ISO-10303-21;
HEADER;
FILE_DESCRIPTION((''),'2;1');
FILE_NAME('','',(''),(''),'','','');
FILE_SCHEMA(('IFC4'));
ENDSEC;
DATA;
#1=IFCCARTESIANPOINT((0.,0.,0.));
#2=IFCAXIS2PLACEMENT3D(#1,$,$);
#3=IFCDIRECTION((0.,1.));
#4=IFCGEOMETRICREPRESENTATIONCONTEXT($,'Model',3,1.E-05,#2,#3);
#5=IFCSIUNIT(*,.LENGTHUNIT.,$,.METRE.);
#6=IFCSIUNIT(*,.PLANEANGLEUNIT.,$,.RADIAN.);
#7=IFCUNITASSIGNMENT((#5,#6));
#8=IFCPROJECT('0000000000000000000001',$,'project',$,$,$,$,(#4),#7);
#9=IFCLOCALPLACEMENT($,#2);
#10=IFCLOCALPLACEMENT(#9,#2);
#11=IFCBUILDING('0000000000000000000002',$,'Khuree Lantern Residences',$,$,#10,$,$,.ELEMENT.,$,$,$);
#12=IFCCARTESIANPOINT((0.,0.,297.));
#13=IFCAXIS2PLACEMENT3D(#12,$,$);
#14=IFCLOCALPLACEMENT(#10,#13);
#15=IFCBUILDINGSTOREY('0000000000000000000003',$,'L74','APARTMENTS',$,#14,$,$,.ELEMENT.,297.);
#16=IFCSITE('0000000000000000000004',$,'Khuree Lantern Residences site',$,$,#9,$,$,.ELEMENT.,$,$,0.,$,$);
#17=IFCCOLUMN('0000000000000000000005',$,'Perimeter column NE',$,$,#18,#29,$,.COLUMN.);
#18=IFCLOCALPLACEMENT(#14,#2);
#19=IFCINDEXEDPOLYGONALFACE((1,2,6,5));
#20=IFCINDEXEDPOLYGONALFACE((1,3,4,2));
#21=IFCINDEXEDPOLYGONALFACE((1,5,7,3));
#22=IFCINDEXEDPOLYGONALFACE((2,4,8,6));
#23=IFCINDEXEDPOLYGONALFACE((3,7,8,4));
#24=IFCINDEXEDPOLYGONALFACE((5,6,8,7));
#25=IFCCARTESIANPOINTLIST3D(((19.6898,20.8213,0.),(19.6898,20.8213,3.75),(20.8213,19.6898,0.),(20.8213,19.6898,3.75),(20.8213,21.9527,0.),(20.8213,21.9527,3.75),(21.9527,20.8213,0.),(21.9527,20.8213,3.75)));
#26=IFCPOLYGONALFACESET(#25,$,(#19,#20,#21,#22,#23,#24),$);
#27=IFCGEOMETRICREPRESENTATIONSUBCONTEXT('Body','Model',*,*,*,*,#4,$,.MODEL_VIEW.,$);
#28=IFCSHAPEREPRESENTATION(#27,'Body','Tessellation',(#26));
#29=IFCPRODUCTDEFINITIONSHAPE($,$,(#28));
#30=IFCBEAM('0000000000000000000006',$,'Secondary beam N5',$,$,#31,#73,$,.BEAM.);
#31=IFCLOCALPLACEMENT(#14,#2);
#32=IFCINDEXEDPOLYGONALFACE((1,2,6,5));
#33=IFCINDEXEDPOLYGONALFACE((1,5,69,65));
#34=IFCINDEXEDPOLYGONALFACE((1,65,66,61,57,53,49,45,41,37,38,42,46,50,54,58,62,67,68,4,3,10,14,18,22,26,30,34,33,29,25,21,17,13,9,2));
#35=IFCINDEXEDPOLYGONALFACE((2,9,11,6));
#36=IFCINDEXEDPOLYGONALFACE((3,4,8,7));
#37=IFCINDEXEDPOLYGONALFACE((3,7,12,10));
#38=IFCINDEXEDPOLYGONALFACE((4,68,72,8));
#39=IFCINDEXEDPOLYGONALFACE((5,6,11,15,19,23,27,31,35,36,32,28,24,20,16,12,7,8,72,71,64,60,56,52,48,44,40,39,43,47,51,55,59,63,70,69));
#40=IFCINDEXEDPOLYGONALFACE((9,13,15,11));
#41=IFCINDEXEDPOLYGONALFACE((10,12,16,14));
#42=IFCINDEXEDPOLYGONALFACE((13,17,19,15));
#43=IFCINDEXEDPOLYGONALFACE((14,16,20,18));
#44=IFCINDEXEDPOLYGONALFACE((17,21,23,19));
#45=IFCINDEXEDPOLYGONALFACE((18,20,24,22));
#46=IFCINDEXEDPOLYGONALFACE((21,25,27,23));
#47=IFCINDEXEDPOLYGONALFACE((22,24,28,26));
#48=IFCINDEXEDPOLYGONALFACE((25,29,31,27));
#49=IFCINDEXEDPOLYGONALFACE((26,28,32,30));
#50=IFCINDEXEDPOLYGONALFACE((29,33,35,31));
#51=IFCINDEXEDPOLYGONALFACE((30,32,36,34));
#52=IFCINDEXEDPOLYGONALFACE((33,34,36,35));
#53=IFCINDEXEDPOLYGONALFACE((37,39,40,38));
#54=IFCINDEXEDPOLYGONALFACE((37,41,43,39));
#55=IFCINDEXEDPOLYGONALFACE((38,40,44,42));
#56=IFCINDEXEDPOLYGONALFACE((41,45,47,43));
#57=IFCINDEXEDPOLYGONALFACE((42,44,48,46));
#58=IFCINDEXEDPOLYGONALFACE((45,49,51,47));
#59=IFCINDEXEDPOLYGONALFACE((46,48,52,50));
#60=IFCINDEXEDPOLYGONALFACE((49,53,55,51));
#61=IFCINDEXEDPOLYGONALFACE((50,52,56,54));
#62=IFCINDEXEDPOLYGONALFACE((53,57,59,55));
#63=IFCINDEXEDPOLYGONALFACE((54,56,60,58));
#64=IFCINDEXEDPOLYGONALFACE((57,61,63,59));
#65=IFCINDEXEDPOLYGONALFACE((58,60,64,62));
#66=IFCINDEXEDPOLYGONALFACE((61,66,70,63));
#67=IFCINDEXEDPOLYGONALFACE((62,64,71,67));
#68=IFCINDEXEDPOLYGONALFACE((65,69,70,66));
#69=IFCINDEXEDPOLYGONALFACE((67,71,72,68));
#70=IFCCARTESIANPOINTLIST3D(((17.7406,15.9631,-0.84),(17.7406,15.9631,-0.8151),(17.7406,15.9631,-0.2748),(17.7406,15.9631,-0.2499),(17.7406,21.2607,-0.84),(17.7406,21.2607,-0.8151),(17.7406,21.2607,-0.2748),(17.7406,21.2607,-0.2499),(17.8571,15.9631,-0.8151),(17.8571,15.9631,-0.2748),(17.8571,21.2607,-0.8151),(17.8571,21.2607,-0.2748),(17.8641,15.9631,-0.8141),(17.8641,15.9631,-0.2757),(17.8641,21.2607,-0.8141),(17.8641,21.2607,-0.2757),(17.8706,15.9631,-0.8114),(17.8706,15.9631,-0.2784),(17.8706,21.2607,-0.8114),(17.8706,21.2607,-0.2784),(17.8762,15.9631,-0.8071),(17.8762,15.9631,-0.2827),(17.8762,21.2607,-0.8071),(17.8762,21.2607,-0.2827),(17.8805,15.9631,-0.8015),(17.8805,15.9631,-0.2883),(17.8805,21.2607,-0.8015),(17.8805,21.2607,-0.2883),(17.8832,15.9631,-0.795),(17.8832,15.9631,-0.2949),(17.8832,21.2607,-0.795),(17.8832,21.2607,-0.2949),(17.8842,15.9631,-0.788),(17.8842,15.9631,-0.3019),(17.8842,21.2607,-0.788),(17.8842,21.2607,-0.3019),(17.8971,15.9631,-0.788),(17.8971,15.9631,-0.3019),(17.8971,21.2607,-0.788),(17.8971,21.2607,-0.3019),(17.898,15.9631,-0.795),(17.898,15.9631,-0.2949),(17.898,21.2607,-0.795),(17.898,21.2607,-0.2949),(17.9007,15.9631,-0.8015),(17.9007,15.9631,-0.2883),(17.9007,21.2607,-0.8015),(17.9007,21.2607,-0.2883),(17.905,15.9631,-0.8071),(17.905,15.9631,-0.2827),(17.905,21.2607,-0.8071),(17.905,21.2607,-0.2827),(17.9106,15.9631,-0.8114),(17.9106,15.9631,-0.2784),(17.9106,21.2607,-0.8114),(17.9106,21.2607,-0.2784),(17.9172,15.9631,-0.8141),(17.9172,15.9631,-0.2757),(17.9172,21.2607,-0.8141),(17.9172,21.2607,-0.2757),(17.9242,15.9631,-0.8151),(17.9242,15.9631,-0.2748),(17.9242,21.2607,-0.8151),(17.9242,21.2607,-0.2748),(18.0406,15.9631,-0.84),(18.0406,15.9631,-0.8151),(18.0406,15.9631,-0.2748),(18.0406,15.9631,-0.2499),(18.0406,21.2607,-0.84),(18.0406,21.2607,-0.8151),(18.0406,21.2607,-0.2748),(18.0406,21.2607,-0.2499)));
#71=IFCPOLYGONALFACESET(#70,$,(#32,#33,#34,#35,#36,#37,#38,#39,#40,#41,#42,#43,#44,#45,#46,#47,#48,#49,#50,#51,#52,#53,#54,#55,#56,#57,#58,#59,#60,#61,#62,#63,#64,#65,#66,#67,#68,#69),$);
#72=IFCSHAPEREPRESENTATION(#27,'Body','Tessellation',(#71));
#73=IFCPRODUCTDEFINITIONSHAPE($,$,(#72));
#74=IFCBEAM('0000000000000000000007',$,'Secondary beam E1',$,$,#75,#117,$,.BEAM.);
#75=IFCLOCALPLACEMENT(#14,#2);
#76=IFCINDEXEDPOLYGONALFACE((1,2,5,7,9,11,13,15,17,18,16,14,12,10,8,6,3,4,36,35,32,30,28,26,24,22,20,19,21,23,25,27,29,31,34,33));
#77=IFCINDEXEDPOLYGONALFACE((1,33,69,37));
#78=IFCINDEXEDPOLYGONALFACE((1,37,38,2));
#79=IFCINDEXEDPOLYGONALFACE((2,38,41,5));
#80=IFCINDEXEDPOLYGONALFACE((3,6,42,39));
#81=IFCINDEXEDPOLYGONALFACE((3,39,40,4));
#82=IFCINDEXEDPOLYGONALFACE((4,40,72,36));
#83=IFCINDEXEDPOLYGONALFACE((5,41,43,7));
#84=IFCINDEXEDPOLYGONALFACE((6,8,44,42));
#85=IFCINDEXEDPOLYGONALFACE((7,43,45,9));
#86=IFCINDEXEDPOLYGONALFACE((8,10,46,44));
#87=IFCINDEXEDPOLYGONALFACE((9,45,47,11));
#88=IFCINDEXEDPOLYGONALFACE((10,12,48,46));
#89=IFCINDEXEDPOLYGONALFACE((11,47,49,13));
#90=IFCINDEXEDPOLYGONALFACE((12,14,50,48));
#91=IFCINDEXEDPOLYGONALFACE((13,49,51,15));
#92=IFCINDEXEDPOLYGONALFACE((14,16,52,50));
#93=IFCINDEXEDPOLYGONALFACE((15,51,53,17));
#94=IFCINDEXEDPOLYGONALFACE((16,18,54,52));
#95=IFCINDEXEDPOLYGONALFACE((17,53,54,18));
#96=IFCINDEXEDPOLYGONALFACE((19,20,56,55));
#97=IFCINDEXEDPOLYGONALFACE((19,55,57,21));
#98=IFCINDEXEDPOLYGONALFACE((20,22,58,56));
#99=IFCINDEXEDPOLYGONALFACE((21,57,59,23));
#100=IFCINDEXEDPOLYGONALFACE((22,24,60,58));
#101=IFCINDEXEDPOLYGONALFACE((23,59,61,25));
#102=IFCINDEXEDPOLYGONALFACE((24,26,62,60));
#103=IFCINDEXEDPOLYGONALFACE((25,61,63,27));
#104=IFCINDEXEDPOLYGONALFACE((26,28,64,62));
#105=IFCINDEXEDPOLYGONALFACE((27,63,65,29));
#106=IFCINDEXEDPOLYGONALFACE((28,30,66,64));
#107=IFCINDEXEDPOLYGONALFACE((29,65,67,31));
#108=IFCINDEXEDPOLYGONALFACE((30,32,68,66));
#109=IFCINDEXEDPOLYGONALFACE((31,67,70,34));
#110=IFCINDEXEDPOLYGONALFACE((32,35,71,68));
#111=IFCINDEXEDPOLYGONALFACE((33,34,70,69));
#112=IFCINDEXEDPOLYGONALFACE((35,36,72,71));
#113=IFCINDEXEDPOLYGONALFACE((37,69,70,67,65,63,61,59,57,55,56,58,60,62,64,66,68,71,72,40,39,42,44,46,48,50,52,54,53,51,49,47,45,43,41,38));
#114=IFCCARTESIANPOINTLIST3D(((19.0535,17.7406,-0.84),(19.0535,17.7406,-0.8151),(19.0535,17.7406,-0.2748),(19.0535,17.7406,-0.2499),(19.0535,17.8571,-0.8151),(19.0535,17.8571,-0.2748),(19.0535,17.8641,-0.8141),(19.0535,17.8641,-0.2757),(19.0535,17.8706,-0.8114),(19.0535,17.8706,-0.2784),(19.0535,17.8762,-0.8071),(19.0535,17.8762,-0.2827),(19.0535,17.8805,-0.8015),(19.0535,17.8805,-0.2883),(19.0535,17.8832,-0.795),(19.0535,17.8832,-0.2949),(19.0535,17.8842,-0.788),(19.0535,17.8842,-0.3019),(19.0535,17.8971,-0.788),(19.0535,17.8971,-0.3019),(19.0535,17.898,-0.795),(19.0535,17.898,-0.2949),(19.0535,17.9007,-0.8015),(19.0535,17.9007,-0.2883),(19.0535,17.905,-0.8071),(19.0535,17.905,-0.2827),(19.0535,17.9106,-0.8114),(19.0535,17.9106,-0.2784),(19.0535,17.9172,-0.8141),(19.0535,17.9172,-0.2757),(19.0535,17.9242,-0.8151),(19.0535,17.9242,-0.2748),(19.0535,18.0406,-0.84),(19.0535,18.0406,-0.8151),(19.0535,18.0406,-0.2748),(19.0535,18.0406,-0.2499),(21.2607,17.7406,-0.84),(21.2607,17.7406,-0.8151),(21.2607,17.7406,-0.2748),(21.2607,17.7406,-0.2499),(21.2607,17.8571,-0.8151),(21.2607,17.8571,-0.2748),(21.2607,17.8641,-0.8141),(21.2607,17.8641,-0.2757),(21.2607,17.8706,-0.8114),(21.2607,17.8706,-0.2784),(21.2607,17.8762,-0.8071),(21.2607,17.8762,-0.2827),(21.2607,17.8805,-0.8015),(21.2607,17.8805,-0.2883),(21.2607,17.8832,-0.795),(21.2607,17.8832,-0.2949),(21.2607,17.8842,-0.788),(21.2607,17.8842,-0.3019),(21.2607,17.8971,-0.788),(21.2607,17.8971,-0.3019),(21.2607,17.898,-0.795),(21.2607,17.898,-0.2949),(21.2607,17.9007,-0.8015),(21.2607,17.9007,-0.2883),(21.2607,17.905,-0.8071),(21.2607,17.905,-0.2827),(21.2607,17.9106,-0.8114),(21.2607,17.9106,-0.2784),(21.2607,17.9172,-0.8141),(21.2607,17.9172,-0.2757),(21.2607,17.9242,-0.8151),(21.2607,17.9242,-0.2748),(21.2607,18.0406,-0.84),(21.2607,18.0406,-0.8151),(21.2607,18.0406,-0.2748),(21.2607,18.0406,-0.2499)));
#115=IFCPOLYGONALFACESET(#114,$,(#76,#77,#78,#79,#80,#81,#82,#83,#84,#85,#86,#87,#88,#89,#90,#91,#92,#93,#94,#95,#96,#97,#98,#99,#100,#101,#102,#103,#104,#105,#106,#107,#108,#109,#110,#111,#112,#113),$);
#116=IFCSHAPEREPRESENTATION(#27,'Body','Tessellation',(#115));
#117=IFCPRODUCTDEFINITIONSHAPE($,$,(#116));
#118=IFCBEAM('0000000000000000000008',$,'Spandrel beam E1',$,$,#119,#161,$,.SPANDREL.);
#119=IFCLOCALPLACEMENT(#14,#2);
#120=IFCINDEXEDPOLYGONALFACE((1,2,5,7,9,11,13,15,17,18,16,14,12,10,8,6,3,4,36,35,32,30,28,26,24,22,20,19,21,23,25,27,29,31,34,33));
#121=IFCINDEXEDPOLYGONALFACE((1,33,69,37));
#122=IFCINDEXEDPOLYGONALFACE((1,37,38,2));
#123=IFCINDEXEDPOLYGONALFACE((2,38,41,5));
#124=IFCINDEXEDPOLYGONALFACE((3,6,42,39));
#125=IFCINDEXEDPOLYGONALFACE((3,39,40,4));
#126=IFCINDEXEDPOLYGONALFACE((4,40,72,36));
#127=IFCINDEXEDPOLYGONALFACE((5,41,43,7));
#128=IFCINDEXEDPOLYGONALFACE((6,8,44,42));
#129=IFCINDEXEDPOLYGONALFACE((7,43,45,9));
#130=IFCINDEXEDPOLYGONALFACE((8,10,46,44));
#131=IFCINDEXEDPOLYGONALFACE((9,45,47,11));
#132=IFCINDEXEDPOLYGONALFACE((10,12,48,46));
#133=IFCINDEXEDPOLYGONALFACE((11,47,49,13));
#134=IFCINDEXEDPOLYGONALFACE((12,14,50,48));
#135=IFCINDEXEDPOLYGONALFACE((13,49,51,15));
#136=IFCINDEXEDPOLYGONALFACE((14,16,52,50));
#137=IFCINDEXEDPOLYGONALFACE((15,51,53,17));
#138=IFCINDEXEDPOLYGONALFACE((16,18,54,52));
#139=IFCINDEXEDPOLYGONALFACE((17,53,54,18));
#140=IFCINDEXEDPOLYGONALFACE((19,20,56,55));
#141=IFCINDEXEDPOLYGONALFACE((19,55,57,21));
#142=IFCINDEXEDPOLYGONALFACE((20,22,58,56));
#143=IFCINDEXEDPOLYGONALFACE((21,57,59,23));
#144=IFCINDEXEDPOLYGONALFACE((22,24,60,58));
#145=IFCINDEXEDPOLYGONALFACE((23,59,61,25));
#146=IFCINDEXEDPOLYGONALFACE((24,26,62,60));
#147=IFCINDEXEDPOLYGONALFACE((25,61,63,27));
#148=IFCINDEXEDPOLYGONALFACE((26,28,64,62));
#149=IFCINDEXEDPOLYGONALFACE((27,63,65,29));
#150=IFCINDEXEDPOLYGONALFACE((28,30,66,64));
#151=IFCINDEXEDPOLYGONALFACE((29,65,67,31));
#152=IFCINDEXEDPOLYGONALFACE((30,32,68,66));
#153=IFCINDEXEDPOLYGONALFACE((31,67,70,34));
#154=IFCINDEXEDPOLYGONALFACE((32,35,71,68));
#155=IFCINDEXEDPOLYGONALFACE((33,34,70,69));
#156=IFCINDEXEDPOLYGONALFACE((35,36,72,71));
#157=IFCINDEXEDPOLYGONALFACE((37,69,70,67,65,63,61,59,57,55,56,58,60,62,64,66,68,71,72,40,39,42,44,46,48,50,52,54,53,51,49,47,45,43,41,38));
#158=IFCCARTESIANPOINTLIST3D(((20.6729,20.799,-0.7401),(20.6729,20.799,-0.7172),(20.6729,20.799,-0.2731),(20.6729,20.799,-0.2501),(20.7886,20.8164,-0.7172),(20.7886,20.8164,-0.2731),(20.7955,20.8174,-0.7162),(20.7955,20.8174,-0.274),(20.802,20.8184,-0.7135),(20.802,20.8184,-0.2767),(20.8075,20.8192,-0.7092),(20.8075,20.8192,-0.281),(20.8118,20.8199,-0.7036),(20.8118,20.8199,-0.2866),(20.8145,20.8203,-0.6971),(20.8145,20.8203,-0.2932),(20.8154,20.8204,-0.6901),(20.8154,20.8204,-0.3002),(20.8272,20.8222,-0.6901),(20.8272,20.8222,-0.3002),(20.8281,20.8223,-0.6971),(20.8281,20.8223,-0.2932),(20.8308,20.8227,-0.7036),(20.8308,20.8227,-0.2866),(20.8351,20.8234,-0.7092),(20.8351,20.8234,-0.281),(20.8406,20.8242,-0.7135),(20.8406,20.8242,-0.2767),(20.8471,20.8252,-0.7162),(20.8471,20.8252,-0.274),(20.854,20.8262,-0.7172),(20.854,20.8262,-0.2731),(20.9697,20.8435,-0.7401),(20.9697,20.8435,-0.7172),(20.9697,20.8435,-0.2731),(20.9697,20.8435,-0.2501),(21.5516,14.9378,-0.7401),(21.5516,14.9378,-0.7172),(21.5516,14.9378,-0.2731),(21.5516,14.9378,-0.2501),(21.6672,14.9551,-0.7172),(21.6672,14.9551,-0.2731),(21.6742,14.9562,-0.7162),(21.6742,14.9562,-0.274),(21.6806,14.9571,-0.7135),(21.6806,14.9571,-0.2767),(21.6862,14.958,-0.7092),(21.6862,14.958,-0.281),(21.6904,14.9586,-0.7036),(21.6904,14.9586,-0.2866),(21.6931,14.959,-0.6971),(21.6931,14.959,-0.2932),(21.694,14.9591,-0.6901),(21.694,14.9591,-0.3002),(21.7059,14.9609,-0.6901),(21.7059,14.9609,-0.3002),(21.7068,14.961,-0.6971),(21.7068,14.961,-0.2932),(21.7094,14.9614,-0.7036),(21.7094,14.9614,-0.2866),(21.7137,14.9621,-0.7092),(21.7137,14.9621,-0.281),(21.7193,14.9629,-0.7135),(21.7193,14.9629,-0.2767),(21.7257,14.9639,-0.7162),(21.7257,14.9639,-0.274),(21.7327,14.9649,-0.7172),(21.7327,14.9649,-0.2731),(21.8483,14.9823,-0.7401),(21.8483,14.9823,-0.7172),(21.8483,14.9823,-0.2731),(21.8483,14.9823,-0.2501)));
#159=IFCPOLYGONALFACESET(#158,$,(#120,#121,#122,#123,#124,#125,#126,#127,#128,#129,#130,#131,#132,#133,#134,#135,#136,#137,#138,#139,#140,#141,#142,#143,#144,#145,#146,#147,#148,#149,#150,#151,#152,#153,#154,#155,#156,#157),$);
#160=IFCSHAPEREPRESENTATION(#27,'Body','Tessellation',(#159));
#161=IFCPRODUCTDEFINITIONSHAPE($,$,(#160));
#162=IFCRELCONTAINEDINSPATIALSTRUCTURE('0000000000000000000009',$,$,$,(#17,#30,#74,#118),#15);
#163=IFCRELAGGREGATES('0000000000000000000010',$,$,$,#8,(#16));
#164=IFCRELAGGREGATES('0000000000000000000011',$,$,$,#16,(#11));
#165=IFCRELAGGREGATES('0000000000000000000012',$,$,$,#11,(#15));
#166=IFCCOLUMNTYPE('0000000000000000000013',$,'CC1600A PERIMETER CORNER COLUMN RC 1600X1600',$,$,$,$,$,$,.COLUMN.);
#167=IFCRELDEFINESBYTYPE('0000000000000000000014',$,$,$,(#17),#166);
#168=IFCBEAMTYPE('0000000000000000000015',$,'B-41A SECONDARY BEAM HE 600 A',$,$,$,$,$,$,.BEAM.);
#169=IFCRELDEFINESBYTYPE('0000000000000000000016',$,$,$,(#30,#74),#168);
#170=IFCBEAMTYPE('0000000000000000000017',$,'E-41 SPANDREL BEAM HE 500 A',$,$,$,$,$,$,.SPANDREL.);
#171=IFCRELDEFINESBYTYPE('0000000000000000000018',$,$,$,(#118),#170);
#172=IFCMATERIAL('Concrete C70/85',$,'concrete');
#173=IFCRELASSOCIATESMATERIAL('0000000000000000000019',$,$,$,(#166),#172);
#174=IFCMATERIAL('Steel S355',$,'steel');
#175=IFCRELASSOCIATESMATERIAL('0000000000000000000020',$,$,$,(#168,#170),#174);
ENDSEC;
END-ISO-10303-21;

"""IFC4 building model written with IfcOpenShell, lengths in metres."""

from ifc_helpers import new_model, si_unit, direction, frame, origin, origin_2d, place, context, subcontext, project, spatial, rectangle, i_section, extrude, material, material_profile, profile_set, type_object, element, save


model = new_model("IFC4")

# Units and contexts
model_context = context("Model", 3, precision=1e-05, world=origin(), true_north=direction((0.0, 1.0)))
body_context = subcontext(model_context, "Body", "Model", "MODEL_VIEW")
ifc_project = project(units=[si_unit("LENGTHUNIT", "METRE"), si_unit("PLANEANGLEUNIT", "RADIAN")], contexts=[model_context])

# Site, building, storey
site_placement = place(None, origin())
site = spatial("IfcSite", under=ifc_project, at=site_placement, Name="Khuree Lantern Residences site", CompositionType="ELEMENT", RefElevation=0.0)
building_placement = place(site_placement, origin())
building = spatial("IfcBuilding", under=site, at=building_placement, Name="Khuree Lantern Residences", CompositionType="ELEMENT")
storey_placement = place(building_placement, frame((0.0, 0.0, 297.0)))
storey = spatial("IfcBuildingStorey", under=building, at=storey_placement, Name="L74", Description="APARTMENTS", CompositionType="ELEMENT", Elevation=297.0)

# Column
ifc_material_1 = material(Name="Concrete C70/85", Category="concrete")
ifc_material_profile_1 = material_profile(ifc_material_1, rectangle(XDim=1.6001, YDim=1.6001, at=origin_2d()), Name="RC 1600X1600")
ifc_profile_set_1 = profile_set([ifc_material_profile_1], Name="Concrete C70/85")
column_type = type_object("IfcColumnType", Name="CC1600A PERIMETER CORNER COLUMN RC 1600X1600", PredefinedType="COLUMN", material=ifc_profile_set_1)
column_placement = place(storey_placement, frame((20.8213, 20.8213, 0.0), z_axis=(0.0, 0.0, 1.0), x_axis=(0.707107, -0.707107, 0.0)))
element("IfcColumn", 1, at=column_placement, inside=storey, type_object=column_type, Name="Perimeter column NE", PredefinedType="COLUMN", context=body_context, shape_type="SweptSolid", body=[
    extrude(rectangle(XDim=1.6001, YDim=1.6001, at=origin_2d()), origin(), (0.0, 0.0, 1.0), 3.75),
])

# Beams
ifc_material_2 = material(Name="Steel S355", Category="steel")
ifc_material_profile_2 = material_profile(ifc_material_2, i_section(OverallWidth=0.3, OverallDepth=0.5901, WebThickness=0.0129, FlangeThickness=0.0249, FilletRadius=0.0271, at=origin_2d()), Name="HE 600 A")
ifc_profile_set_2 = profile_set([ifc_material_profile_2], Name="Steel S355")
beam_type_1 = type_object("IfcBeamType", Name="B-41A SECONDARY BEAM HE 600 A", PredefinedType="BEAM", material=ifc_profile_set_2)
beam_1_placement = place(storey_placement, frame((17.8906, 21.2607, -0.5449), z_axis=(0.0, -1.0, 0.0), x_axis=(1.0, 0.0, 0.0)))
element("IfcBeam", 2, at=beam_1_placement, inside=storey, type_object=beam_type_1, Name="Secondary beam N5", PredefinedType="BEAM", context=body_context, shape_type="SweptSolid", body=[
    extrude(i_section(OverallWidth=0.3, OverallDepth=0.5901, WebThickness=0.0129, FlangeThickness=0.0249, FilletRadius=0.0271, at=origin_2d()), origin(), (0.0, 0.0, 1.0), 5.2976),
])
beam_2_placement = place(storey_placement, frame((21.2607, 17.8906, -0.5449), z_axis=(-1.0, 0.0, 0.0), x_axis=(0.0, -1.0, 0.0)))
element("IfcBeam", 3, at=beam_2_placement, inside=storey, type_object=beam_type_1, Name="Secondary beam E1", PredefinedType="BEAM", context=body_context, shape_type="SweptSolid", body=[
    extrude(i_section(OverallWidth=0.3, OverallDepth=0.5901, WebThickness=0.0129, FlangeThickness=0.0249, FilletRadius=0.0271, at=origin_2d()), origin(), (0.0, 0.0, 1.0), 2.2073),
])
ifc_material_profile_3 = material_profile(ifc_material_2, i_section(OverallWidth=0.3, OverallDepth=0.49, WebThickness=0.012, FlangeThickness=0.0229, FilletRadius=0.0271, at=origin_2d()), Name="HE 500 A")
ifc_profile_set_3 = profile_set([ifc_material_profile_3], Name="Steel S355")
beam_type_2 = type_object("IfcBeamType", Name="E-41 SPANDREL BEAM HE 500 A", PredefinedType="SPANDREL", material=ifc_profile_set_3)
beam_3_placement = place(storey_placement, frame((20.8213, 20.8213, -0.4951), z_axis=(0.148252, -0.98895, 0.0), x_axis=(0.98895, 0.148252, 0.0)))
element("IfcBeam", 4, at=beam_3_placement, inside=storey, type_object=beam_type_2, Name="Spandrel beam E1", PredefinedType="SPANDREL", context=body_context, shape_type="SweptSolid", body=[
    extrude(i_section(OverallWidth=0.3, OverallDepth=0.49, WebThickness=0.012, FlangeThickness=0.0229, FilletRadius=0.0271, at=origin_2d()), origin(), (0.0, 0.0, 1.0), 5.9268),
])

save(model, "model.ifc")
